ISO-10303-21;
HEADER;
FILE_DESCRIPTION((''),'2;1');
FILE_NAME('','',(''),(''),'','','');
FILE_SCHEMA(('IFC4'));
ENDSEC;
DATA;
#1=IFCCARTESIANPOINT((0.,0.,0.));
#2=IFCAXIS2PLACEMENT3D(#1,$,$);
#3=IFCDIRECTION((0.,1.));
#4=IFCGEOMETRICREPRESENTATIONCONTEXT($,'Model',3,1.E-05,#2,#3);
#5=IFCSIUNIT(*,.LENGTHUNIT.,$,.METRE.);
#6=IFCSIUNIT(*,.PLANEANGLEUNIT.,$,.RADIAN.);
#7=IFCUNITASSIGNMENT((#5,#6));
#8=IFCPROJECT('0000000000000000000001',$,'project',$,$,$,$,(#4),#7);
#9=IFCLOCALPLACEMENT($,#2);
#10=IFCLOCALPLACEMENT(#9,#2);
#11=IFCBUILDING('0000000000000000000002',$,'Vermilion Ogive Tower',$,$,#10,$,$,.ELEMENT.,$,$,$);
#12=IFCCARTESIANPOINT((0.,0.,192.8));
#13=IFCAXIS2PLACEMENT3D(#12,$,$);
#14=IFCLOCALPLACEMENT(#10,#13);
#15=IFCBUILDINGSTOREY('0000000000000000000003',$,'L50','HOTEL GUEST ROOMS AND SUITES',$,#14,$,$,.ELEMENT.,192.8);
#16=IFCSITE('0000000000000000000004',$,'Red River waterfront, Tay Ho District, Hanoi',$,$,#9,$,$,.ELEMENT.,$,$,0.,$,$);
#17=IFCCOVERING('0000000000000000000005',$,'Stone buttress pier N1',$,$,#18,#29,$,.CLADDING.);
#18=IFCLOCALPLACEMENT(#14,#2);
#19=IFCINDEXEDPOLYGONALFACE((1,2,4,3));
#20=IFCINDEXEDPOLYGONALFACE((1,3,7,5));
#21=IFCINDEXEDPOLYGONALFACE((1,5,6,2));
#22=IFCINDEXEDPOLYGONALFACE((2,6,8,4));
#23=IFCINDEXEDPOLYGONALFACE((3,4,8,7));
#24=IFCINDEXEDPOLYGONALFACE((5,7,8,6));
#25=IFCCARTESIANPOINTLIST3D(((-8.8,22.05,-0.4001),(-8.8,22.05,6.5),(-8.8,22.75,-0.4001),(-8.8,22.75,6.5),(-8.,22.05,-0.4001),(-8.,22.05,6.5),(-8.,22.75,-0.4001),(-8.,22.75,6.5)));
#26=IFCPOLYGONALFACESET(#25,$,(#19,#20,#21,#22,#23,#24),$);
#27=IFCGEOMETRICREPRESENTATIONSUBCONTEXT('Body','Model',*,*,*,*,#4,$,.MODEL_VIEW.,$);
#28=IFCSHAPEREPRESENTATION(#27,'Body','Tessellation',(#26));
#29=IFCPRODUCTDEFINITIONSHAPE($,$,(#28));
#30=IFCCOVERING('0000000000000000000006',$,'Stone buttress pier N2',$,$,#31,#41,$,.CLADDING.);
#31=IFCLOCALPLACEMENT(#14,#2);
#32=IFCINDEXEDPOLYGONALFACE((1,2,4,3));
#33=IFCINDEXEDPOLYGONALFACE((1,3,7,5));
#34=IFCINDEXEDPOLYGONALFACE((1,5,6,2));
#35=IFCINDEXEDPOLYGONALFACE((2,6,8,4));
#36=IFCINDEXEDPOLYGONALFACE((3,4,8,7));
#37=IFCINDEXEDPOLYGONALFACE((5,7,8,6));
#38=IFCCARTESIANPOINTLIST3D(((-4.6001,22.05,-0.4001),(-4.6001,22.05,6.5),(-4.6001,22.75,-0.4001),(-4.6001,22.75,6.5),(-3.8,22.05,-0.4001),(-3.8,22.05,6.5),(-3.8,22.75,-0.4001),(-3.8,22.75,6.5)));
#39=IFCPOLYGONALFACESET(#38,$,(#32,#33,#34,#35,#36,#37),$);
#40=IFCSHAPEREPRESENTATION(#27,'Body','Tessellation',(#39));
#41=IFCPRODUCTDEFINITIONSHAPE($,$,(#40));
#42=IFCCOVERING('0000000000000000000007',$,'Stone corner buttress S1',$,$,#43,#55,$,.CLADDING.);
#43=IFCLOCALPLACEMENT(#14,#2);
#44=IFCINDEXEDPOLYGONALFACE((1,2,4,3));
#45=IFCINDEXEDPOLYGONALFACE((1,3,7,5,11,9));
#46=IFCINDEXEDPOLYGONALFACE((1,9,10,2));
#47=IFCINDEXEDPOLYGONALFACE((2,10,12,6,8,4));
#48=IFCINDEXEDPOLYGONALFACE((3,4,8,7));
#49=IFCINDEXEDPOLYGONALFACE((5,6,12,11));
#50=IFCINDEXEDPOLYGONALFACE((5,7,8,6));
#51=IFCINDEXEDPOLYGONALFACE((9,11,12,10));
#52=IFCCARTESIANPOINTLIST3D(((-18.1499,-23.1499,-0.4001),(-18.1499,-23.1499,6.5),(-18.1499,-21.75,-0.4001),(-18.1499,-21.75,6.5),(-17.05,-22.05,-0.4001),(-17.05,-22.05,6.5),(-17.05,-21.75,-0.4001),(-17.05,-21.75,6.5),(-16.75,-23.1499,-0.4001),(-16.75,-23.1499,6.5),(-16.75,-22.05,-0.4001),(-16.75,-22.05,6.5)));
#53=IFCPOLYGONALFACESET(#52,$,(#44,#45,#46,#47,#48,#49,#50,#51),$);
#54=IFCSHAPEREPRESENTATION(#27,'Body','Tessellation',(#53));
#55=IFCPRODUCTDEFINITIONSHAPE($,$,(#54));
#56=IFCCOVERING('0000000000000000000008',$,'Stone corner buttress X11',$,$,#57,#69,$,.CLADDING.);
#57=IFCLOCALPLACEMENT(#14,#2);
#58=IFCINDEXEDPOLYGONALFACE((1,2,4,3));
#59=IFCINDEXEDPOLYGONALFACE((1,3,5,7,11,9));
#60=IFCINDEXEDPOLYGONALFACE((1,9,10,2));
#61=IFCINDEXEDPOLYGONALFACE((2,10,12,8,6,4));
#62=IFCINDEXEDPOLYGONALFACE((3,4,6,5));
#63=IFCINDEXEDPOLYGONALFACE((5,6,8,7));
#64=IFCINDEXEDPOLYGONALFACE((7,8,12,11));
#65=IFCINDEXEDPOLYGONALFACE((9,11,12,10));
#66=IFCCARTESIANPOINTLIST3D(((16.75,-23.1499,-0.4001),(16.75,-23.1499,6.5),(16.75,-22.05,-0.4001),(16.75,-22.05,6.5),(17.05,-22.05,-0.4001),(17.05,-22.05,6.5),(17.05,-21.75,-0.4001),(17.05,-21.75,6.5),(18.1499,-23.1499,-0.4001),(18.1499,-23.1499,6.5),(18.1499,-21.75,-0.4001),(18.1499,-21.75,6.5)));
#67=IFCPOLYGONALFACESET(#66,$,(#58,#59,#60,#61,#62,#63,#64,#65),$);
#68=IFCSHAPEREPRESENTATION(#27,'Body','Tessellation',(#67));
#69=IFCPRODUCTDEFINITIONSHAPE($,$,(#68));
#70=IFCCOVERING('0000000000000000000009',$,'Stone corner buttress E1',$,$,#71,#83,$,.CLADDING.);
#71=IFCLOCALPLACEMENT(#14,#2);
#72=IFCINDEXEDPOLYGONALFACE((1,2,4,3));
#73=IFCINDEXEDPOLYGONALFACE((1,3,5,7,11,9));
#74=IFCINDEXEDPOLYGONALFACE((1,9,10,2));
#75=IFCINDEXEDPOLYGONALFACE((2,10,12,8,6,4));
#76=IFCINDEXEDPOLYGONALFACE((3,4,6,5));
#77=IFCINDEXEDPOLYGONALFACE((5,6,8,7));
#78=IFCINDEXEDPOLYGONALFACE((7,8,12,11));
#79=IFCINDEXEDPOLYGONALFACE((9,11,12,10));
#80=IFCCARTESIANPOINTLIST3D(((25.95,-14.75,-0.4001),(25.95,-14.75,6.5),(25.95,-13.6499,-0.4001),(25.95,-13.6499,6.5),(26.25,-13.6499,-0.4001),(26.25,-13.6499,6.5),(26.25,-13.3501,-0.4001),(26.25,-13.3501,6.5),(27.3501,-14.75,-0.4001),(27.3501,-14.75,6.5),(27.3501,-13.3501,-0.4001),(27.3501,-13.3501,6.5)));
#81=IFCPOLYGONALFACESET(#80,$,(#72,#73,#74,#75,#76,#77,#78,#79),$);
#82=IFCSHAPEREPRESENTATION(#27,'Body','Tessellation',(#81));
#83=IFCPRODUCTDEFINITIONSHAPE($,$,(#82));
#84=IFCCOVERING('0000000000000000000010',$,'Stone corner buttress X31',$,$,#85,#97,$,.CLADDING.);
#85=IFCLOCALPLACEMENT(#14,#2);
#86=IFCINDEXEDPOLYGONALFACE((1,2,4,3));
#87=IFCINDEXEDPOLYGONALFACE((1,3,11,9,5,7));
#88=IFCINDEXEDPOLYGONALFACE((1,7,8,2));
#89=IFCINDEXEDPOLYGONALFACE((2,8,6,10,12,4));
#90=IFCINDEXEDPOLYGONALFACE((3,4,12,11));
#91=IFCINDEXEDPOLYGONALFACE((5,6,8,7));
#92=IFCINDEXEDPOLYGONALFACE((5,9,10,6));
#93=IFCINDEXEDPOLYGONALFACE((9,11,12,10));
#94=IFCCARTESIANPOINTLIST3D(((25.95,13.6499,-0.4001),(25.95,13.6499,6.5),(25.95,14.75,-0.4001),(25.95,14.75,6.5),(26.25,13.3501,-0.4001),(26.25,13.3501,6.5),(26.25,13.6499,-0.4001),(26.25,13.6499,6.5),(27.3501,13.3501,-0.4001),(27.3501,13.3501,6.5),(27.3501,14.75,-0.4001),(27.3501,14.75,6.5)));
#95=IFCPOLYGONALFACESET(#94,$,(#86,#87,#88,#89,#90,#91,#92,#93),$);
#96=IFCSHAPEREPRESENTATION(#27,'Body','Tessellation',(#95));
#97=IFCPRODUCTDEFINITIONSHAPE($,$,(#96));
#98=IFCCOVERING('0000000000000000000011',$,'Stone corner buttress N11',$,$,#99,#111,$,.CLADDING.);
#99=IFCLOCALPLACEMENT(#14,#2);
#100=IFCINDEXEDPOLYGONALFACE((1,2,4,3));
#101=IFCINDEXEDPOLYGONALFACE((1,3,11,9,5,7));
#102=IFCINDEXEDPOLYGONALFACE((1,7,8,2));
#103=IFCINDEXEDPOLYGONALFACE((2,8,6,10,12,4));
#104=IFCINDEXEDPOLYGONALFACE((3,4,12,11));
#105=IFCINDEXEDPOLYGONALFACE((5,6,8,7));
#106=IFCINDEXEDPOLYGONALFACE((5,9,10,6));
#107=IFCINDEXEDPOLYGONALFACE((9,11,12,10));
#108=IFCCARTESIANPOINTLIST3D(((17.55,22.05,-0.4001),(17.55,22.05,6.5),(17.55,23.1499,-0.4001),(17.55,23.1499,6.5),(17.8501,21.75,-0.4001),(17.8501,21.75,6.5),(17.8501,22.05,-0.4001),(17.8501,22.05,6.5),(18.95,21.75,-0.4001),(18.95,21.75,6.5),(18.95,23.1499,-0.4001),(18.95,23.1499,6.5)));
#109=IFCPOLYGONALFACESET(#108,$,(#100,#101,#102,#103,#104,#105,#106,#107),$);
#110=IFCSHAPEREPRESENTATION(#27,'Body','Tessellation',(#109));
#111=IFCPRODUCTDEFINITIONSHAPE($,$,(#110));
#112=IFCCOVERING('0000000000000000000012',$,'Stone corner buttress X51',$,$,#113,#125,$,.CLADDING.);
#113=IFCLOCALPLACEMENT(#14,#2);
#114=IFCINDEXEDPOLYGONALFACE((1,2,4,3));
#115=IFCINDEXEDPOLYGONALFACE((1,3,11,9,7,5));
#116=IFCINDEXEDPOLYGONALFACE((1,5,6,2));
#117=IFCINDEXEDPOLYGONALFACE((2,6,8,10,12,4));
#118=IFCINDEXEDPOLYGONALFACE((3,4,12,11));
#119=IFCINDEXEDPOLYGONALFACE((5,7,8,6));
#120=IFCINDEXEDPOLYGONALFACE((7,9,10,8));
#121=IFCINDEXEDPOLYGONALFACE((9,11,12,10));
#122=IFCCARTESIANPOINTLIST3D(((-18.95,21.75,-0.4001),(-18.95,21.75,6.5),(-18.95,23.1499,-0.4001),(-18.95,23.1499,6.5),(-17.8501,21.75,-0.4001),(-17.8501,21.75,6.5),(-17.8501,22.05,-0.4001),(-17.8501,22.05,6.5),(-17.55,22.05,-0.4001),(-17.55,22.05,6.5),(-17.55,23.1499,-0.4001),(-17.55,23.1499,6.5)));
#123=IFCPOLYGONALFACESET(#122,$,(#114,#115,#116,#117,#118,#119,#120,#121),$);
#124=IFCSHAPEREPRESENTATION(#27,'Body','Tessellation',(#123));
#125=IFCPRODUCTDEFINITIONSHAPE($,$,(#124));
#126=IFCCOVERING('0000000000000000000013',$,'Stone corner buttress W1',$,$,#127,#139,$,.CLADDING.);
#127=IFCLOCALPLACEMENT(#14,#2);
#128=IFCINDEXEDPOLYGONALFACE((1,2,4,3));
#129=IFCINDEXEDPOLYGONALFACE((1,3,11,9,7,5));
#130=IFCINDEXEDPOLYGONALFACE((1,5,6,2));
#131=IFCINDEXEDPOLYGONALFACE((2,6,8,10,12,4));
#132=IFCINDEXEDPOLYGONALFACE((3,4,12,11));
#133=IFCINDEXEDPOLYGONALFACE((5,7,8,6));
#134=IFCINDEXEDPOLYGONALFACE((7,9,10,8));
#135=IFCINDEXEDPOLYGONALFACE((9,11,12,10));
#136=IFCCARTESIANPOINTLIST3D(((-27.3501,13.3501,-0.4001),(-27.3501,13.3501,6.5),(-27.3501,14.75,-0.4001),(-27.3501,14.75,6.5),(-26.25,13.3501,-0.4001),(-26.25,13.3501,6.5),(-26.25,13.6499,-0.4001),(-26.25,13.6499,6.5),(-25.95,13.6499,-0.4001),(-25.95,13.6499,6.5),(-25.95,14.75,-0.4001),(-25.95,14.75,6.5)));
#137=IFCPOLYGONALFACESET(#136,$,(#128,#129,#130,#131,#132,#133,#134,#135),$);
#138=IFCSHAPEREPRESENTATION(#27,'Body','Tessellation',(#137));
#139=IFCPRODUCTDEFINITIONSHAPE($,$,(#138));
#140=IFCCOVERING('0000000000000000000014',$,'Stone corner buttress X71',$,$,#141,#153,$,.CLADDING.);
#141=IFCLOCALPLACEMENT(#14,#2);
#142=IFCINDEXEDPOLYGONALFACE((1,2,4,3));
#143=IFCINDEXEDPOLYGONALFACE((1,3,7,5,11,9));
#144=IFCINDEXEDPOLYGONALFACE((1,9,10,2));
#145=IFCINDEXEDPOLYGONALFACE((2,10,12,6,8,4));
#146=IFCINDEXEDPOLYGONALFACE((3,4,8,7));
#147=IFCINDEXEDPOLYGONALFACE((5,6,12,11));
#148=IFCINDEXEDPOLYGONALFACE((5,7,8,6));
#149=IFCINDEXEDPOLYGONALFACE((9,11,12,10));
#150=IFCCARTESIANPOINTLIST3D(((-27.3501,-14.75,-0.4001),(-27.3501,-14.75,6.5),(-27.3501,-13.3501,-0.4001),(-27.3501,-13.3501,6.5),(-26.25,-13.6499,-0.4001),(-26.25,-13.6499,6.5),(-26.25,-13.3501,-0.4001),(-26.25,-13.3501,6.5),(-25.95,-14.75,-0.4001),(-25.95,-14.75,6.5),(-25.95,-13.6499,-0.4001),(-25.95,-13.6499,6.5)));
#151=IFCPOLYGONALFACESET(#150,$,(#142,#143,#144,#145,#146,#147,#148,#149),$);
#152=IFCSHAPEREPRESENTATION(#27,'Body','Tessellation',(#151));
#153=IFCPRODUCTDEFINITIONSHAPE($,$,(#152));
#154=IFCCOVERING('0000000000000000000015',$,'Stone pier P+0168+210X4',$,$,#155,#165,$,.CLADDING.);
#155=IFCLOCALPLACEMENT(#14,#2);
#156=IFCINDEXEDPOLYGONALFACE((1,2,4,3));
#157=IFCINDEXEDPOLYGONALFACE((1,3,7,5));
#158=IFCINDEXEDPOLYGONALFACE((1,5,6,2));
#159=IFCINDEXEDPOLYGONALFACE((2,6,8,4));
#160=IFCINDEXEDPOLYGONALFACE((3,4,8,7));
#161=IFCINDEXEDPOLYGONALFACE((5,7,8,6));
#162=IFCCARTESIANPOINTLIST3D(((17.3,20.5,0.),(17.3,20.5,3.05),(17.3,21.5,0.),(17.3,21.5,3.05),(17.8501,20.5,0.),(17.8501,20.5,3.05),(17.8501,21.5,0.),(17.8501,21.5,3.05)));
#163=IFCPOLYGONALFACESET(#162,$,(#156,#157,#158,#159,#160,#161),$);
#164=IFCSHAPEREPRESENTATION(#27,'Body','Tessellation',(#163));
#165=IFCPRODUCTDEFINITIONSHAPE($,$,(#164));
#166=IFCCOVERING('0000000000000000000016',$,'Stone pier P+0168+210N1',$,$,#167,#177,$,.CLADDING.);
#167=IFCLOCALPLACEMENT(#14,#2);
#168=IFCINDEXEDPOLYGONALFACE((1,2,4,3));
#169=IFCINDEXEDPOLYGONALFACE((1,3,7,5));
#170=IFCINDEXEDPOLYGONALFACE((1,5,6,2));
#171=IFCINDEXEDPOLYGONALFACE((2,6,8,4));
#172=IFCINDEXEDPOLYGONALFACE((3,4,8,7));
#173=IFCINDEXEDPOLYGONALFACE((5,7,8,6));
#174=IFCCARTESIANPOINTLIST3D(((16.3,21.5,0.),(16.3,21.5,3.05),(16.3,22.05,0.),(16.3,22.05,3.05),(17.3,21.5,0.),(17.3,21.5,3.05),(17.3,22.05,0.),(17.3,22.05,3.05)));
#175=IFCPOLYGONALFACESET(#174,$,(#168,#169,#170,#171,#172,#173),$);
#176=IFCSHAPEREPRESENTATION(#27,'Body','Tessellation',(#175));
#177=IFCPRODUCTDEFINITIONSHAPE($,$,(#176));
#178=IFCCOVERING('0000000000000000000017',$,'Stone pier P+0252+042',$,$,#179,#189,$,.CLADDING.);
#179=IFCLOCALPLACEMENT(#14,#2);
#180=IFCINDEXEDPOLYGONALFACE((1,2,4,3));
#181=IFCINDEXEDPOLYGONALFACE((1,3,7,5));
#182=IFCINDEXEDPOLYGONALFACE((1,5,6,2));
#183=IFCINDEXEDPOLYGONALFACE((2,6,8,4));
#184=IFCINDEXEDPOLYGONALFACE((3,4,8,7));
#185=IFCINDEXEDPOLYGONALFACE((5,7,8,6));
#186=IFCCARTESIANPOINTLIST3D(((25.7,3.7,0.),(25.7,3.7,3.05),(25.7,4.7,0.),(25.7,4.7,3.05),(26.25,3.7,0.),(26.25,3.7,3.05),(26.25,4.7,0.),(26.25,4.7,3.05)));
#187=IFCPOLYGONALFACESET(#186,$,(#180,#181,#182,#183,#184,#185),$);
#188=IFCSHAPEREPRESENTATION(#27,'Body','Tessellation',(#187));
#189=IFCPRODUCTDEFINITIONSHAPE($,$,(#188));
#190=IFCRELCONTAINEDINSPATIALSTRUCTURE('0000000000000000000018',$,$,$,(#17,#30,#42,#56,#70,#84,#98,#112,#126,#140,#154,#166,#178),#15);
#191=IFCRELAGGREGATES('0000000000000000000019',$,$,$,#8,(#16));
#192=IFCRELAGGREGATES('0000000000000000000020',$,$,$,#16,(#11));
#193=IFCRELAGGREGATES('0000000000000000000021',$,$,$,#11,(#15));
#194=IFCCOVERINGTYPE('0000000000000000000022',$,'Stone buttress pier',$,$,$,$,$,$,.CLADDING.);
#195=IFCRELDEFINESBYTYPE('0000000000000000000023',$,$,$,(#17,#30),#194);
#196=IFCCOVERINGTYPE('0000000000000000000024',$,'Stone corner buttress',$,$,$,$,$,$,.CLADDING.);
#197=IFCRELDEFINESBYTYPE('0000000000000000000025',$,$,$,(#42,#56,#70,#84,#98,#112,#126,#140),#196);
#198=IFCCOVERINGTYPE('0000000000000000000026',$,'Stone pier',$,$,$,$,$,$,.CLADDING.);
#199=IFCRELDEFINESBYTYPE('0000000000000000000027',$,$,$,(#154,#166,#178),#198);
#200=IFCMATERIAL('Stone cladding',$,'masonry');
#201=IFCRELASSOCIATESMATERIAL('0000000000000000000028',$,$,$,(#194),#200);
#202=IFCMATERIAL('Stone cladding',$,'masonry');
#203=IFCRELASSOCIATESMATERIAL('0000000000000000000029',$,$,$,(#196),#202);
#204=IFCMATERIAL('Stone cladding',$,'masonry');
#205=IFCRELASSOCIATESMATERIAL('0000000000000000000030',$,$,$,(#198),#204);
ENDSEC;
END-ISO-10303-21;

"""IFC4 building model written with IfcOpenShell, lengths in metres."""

from ifc_helpers import new_model, si_unit, direction, frame, origin, place, context, subcontext, project, spatial, polyline, outline, extrude, material, type_object, element, save


model = new_model("IFC4")

# Units and contexts
model_context = context("Model", 3, precision=1e-05, world=origin(), true_north=direction((0.0, 1.0)))
body_context = subcontext(model_context, "Body", "Model", "MODEL_VIEW")
ifc_project = project(units=[si_unit("LENGTHUNIT", "METRE"), si_unit("PLANEANGLEUNIT", "RADIAN")], contexts=[model_context])

# Site, building, storey
site_placement = place(None, origin())
site = spatial("IfcSite", under=ifc_project, at=site_placement, Name="Red River waterfront, Tay Ho District, Hanoi", CompositionType="ELEMENT", RefElevation=0.0)
building_placement = place(site_placement, origin())
building = spatial("IfcBuilding", under=site, at=building_placement, Name="Vermilion Ogive Tower", CompositionType="ELEMENT")
storey_placement = place(building_placement, frame((0.0, 0.0, 192.8)))
storey = spatial("IfcBuildingStorey", under=building, at=storey_placement, Name="L50", Description="HOTEL GUEST ROOMS AND SUITES", CompositionType="ELEMENT", Elevation=192.8)

# Coverings
ifc_material_1 = material(Name="Stone cladding", Category="masonry")
covering_type_1 = type_object("IfcCoveringType", Name="Stone buttress pier", PredefinedType="CLADDING", material=ifc_material_1)
covering_1_placement = place(storey_placement, frame((0.0, 0.0, -0.4001)))
element("IfcCovering", 1, at=covering_1_placement, inside=storey, type_object=covering_type_1, Name="Stone buttress pier N1", PredefinedType="CLADDING", context=body_context, shape_type="SweptSolid", body=[
    extrude(outline(polyline([(-8.0, 22.75), (-8.0, 22.05), (-8.8, 22.05), (-8.8, 22.75), (-8.0, 22.75)])), origin(), (0.0, 0.0, 1.0), 6.9001),
])
covering_2_placement = place(storey_placement, frame((0.0, 0.0, -0.4001)))
element("IfcCovering", 2, at=covering_2_placement, inside=storey, type_object=covering_type_1, Name="Stone buttress pier N2", PredefinedType="CLADDING", context=body_context, shape_type="SweptSolid", body=[
    extrude(outline(polyline([(-3.8, 22.75), (-3.8, 22.05), (-4.6001, 22.05), (-4.6001, 22.75), (-3.8, 22.75)])), origin(), (0.0, 0.0, 1.0), 6.9001),
])
ifc_material_2 = material(Name="Stone cladding", Category="masonry")
covering_type_2 = type_object("IfcCoveringType", Name="Stone corner buttress", PredefinedType="CLADDING", material=ifc_material_2)
covering_3_placement = place(storey_placement, frame((0.0, 0.0, -0.4001)))
element("IfcCovering", 3, at=covering_3_placement, inside=storey, type_object=covering_type_2, Name="Stone corner buttress S1", PredefinedType="CLADDING", context=body_context, shape_type="SweptSolid", body=[
    extrude(outline(polyline([(-17.05, -22.05), (-16.75, -22.05), (-16.75, -23.1499), (-18.1499, -23.1499), (-18.1499, -21.75), (-17.05, -21.75), (-17.05, -22.05)])), origin(), (0.0, 0.0, 1.0), 6.9001),
])
covering_4_placement = place(storey_placement, frame((0.0, 0.0, -0.4001)))
element("IfcCovering", 4, at=covering_4_placement, inside=storey, type_object=covering_type_2, Name="Stone corner buttress X11", PredefinedType="CLADDING", context=body_context, shape_type="SweptSolid", body=[
    extrude(outline(polyline([(16.75, -22.05), (17.05, -22.05), (17.05, -21.75), (18.1499, -21.75), (18.1499, -23.1499), (16.75, -23.1499), (16.75, -22.05)])), origin(), (0.0, 0.0, 1.0), 6.9001),
])
covering_5_placement = place(storey_placement, frame((0.0, 0.0, -0.4001)))
element("IfcCovering", 5, at=covering_5_placement, inside=storey, type_object=covering_type_2, Name="Stone corner buttress E1", PredefinedType="CLADDING", context=body_context, shape_type="SweptSolid", body=[
    extrude(outline(polyline([(25.95, -13.6499), (26.25, -13.6499), (26.25, -13.3501), (27.3501, -13.3501), (27.3501, -14.75), (25.95, -14.75), (25.95, -13.6499)])), origin(), (0.0, 0.0, 1.0), 6.9001),
])
covering_6_placement = place(storey_placement, frame((0.0, 0.0, -0.4001)))
element("IfcCovering", 6, at=covering_6_placement, inside=storey, type_object=covering_type_2, Name="Stone corner buttress X31", PredefinedType="CLADDING", context=body_context, shape_type="SweptSolid", body=[
    extrude(outline(polyline([(27.3501, 13.3501), (26.25, 13.3501), (26.25, 13.6499), (25.95, 13.6499), (25.95, 14.75), (27.3501, 14.75), (27.3501, 13.3501)])), origin(), (0.0, 0.0, 1.0), 6.9001),
])
covering_7_placement = place(storey_placement, frame((0.0, 0.0, -0.4001)))
element("IfcCovering", 7, at=covering_7_placement, inside=storey, type_object=covering_type_2, Name="Stone corner buttress N11", PredefinedType="CLADDING", context=body_context, shape_type="SweptSolid", body=[
    extrude(outline(polyline([(17.8501, 22.05), (17.55, 22.05), (17.55, 23.1499), (18.95, 23.1499), (18.95, 21.75), (17.8501, 21.75), (17.8501, 22.05)])), origin(), (0.0, 0.0, 1.0), 6.9001),
])
covering_8_placement = place(storey_placement, frame((0.0, 0.0, -0.4001)))
element("IfcCovering", 8, at=covering_8_placement, inside=storey, type_object=covering_type_2, Name="Stone corner buttress X51", PredefinedType="CLADDING", context=body_context, shape_type="SweptSolid", body=[
    extrude(outline(polyline([(-17.55, 23.1499), (-17.55, 22.05), (-17.8501, 22.05), (-17.8501, 21.75), (-18.95, 21.75), (-18.95, 23.1499), (-17.55, 23.1499)])), origin(), (0.0, 0.0, 1.0), 6.9001),
])
covering_9_placement = place(storey_placement, frame((0.0, 0.0, -0.4001)))
element("IfcCovering", 9, at=covering_9_placement, inside=storey, type_object=covering_type_2, Name="Stone corner buttress W1", PredefinedType="CLADDING", context=body_context, shape_type="SweptSolid", body=[
    extrude(outline(polyline([(-26.25, 13.6499), (-26.25, 13.3501), (-27.3501, 13.3501), (-27.3501, 14.75), (-25.95, 14.75), (-25.95, 13.6499), (-26.25, 13.6499)])), origin(), (0.0, 0.0, 1.0), 6.9001),
])
covering_10_placement = place(storey_placement, frame((0.0, 0.0, -0.4001)))
element("IfcCovering", 10, at=covering_10_placement, inside=storey, type_object=covering_type_2, Name="Stone corner buttress X71", PredefinedType="CLADDING", context=body_context, shape_type="SweptSolid", body=[
    extrude(outline(polyline([(-26.25, -13.3501), (-26.25, -13.6499), (-25.95, -13.6499), (-25.95, -14.75), (-27.3501, -14.75), (-27.3501, -13.3501), (-26.25, -13.3501)])), origin(), (0.0, 0.0, 1.0), 6.9001),
])
ifc_material_3 = material(Name="Stone cladding", Category="masonry")
covering_type_3 = type_object("IfcCoveringType", Name="Stone pier", PredefinedType="CLADDING", material=ifc_material_3)
covering_11_placement = place(storey_placement, origin())
element("IfcCovering", 11, at=covering_11_placement, inside=storey, type_object=covering_type_3, Name="Stone pier P+0168+210X4", PredefinedType="CLADDING", context=body_context, shape_type="SweptSolid", body=[
    extrude(outline(polyline([(17.8501, 21.5), (17.8501, 20.5), (17.3, 20.5), (17.3, 21.5), (17.8501, 21.5)])), origin(), (0.0, 0.0, 1.0), 3.05),
])
covering_12_placement = place(storey_placement, origin())
element("IfcCovering", 12, at=covering_12_placement, inside=storey, type_object=covering_type_3, Name="Stone pier P+0168+210N1", PredefinedType="CLADDING", context=body_context, shape_type="SweptSolid", body=[
    extrude(outline(polyline([(17.3, 22.05), (17.3, 21.5), (16.3, 21.5), (16.3, 22.05), (17.3, 22.05)])), origin(), (0.0, 0.0, 1.0), 3.05),
])
covering_13_placement = place(storey_placement, origin())
element("IfcCovering", 13, at=covering_13_placement, inside=storey, type_object=covering_type_3, Name="Stone pier P+0252+042", PredefinedType="CLADDING", context=body_context, shape_type="SweptSolid", body=[
    extrude(outline(polyline([(25.7, 4.7), (26.25, 4.7), (26.25, 3.7), (25.7, 3.7), (25.7, 4.7), (25.7, 4.7)])), origin(), (0.0, 0.0, 1.0), 3.05),
])

save(model, "model.ifc")
